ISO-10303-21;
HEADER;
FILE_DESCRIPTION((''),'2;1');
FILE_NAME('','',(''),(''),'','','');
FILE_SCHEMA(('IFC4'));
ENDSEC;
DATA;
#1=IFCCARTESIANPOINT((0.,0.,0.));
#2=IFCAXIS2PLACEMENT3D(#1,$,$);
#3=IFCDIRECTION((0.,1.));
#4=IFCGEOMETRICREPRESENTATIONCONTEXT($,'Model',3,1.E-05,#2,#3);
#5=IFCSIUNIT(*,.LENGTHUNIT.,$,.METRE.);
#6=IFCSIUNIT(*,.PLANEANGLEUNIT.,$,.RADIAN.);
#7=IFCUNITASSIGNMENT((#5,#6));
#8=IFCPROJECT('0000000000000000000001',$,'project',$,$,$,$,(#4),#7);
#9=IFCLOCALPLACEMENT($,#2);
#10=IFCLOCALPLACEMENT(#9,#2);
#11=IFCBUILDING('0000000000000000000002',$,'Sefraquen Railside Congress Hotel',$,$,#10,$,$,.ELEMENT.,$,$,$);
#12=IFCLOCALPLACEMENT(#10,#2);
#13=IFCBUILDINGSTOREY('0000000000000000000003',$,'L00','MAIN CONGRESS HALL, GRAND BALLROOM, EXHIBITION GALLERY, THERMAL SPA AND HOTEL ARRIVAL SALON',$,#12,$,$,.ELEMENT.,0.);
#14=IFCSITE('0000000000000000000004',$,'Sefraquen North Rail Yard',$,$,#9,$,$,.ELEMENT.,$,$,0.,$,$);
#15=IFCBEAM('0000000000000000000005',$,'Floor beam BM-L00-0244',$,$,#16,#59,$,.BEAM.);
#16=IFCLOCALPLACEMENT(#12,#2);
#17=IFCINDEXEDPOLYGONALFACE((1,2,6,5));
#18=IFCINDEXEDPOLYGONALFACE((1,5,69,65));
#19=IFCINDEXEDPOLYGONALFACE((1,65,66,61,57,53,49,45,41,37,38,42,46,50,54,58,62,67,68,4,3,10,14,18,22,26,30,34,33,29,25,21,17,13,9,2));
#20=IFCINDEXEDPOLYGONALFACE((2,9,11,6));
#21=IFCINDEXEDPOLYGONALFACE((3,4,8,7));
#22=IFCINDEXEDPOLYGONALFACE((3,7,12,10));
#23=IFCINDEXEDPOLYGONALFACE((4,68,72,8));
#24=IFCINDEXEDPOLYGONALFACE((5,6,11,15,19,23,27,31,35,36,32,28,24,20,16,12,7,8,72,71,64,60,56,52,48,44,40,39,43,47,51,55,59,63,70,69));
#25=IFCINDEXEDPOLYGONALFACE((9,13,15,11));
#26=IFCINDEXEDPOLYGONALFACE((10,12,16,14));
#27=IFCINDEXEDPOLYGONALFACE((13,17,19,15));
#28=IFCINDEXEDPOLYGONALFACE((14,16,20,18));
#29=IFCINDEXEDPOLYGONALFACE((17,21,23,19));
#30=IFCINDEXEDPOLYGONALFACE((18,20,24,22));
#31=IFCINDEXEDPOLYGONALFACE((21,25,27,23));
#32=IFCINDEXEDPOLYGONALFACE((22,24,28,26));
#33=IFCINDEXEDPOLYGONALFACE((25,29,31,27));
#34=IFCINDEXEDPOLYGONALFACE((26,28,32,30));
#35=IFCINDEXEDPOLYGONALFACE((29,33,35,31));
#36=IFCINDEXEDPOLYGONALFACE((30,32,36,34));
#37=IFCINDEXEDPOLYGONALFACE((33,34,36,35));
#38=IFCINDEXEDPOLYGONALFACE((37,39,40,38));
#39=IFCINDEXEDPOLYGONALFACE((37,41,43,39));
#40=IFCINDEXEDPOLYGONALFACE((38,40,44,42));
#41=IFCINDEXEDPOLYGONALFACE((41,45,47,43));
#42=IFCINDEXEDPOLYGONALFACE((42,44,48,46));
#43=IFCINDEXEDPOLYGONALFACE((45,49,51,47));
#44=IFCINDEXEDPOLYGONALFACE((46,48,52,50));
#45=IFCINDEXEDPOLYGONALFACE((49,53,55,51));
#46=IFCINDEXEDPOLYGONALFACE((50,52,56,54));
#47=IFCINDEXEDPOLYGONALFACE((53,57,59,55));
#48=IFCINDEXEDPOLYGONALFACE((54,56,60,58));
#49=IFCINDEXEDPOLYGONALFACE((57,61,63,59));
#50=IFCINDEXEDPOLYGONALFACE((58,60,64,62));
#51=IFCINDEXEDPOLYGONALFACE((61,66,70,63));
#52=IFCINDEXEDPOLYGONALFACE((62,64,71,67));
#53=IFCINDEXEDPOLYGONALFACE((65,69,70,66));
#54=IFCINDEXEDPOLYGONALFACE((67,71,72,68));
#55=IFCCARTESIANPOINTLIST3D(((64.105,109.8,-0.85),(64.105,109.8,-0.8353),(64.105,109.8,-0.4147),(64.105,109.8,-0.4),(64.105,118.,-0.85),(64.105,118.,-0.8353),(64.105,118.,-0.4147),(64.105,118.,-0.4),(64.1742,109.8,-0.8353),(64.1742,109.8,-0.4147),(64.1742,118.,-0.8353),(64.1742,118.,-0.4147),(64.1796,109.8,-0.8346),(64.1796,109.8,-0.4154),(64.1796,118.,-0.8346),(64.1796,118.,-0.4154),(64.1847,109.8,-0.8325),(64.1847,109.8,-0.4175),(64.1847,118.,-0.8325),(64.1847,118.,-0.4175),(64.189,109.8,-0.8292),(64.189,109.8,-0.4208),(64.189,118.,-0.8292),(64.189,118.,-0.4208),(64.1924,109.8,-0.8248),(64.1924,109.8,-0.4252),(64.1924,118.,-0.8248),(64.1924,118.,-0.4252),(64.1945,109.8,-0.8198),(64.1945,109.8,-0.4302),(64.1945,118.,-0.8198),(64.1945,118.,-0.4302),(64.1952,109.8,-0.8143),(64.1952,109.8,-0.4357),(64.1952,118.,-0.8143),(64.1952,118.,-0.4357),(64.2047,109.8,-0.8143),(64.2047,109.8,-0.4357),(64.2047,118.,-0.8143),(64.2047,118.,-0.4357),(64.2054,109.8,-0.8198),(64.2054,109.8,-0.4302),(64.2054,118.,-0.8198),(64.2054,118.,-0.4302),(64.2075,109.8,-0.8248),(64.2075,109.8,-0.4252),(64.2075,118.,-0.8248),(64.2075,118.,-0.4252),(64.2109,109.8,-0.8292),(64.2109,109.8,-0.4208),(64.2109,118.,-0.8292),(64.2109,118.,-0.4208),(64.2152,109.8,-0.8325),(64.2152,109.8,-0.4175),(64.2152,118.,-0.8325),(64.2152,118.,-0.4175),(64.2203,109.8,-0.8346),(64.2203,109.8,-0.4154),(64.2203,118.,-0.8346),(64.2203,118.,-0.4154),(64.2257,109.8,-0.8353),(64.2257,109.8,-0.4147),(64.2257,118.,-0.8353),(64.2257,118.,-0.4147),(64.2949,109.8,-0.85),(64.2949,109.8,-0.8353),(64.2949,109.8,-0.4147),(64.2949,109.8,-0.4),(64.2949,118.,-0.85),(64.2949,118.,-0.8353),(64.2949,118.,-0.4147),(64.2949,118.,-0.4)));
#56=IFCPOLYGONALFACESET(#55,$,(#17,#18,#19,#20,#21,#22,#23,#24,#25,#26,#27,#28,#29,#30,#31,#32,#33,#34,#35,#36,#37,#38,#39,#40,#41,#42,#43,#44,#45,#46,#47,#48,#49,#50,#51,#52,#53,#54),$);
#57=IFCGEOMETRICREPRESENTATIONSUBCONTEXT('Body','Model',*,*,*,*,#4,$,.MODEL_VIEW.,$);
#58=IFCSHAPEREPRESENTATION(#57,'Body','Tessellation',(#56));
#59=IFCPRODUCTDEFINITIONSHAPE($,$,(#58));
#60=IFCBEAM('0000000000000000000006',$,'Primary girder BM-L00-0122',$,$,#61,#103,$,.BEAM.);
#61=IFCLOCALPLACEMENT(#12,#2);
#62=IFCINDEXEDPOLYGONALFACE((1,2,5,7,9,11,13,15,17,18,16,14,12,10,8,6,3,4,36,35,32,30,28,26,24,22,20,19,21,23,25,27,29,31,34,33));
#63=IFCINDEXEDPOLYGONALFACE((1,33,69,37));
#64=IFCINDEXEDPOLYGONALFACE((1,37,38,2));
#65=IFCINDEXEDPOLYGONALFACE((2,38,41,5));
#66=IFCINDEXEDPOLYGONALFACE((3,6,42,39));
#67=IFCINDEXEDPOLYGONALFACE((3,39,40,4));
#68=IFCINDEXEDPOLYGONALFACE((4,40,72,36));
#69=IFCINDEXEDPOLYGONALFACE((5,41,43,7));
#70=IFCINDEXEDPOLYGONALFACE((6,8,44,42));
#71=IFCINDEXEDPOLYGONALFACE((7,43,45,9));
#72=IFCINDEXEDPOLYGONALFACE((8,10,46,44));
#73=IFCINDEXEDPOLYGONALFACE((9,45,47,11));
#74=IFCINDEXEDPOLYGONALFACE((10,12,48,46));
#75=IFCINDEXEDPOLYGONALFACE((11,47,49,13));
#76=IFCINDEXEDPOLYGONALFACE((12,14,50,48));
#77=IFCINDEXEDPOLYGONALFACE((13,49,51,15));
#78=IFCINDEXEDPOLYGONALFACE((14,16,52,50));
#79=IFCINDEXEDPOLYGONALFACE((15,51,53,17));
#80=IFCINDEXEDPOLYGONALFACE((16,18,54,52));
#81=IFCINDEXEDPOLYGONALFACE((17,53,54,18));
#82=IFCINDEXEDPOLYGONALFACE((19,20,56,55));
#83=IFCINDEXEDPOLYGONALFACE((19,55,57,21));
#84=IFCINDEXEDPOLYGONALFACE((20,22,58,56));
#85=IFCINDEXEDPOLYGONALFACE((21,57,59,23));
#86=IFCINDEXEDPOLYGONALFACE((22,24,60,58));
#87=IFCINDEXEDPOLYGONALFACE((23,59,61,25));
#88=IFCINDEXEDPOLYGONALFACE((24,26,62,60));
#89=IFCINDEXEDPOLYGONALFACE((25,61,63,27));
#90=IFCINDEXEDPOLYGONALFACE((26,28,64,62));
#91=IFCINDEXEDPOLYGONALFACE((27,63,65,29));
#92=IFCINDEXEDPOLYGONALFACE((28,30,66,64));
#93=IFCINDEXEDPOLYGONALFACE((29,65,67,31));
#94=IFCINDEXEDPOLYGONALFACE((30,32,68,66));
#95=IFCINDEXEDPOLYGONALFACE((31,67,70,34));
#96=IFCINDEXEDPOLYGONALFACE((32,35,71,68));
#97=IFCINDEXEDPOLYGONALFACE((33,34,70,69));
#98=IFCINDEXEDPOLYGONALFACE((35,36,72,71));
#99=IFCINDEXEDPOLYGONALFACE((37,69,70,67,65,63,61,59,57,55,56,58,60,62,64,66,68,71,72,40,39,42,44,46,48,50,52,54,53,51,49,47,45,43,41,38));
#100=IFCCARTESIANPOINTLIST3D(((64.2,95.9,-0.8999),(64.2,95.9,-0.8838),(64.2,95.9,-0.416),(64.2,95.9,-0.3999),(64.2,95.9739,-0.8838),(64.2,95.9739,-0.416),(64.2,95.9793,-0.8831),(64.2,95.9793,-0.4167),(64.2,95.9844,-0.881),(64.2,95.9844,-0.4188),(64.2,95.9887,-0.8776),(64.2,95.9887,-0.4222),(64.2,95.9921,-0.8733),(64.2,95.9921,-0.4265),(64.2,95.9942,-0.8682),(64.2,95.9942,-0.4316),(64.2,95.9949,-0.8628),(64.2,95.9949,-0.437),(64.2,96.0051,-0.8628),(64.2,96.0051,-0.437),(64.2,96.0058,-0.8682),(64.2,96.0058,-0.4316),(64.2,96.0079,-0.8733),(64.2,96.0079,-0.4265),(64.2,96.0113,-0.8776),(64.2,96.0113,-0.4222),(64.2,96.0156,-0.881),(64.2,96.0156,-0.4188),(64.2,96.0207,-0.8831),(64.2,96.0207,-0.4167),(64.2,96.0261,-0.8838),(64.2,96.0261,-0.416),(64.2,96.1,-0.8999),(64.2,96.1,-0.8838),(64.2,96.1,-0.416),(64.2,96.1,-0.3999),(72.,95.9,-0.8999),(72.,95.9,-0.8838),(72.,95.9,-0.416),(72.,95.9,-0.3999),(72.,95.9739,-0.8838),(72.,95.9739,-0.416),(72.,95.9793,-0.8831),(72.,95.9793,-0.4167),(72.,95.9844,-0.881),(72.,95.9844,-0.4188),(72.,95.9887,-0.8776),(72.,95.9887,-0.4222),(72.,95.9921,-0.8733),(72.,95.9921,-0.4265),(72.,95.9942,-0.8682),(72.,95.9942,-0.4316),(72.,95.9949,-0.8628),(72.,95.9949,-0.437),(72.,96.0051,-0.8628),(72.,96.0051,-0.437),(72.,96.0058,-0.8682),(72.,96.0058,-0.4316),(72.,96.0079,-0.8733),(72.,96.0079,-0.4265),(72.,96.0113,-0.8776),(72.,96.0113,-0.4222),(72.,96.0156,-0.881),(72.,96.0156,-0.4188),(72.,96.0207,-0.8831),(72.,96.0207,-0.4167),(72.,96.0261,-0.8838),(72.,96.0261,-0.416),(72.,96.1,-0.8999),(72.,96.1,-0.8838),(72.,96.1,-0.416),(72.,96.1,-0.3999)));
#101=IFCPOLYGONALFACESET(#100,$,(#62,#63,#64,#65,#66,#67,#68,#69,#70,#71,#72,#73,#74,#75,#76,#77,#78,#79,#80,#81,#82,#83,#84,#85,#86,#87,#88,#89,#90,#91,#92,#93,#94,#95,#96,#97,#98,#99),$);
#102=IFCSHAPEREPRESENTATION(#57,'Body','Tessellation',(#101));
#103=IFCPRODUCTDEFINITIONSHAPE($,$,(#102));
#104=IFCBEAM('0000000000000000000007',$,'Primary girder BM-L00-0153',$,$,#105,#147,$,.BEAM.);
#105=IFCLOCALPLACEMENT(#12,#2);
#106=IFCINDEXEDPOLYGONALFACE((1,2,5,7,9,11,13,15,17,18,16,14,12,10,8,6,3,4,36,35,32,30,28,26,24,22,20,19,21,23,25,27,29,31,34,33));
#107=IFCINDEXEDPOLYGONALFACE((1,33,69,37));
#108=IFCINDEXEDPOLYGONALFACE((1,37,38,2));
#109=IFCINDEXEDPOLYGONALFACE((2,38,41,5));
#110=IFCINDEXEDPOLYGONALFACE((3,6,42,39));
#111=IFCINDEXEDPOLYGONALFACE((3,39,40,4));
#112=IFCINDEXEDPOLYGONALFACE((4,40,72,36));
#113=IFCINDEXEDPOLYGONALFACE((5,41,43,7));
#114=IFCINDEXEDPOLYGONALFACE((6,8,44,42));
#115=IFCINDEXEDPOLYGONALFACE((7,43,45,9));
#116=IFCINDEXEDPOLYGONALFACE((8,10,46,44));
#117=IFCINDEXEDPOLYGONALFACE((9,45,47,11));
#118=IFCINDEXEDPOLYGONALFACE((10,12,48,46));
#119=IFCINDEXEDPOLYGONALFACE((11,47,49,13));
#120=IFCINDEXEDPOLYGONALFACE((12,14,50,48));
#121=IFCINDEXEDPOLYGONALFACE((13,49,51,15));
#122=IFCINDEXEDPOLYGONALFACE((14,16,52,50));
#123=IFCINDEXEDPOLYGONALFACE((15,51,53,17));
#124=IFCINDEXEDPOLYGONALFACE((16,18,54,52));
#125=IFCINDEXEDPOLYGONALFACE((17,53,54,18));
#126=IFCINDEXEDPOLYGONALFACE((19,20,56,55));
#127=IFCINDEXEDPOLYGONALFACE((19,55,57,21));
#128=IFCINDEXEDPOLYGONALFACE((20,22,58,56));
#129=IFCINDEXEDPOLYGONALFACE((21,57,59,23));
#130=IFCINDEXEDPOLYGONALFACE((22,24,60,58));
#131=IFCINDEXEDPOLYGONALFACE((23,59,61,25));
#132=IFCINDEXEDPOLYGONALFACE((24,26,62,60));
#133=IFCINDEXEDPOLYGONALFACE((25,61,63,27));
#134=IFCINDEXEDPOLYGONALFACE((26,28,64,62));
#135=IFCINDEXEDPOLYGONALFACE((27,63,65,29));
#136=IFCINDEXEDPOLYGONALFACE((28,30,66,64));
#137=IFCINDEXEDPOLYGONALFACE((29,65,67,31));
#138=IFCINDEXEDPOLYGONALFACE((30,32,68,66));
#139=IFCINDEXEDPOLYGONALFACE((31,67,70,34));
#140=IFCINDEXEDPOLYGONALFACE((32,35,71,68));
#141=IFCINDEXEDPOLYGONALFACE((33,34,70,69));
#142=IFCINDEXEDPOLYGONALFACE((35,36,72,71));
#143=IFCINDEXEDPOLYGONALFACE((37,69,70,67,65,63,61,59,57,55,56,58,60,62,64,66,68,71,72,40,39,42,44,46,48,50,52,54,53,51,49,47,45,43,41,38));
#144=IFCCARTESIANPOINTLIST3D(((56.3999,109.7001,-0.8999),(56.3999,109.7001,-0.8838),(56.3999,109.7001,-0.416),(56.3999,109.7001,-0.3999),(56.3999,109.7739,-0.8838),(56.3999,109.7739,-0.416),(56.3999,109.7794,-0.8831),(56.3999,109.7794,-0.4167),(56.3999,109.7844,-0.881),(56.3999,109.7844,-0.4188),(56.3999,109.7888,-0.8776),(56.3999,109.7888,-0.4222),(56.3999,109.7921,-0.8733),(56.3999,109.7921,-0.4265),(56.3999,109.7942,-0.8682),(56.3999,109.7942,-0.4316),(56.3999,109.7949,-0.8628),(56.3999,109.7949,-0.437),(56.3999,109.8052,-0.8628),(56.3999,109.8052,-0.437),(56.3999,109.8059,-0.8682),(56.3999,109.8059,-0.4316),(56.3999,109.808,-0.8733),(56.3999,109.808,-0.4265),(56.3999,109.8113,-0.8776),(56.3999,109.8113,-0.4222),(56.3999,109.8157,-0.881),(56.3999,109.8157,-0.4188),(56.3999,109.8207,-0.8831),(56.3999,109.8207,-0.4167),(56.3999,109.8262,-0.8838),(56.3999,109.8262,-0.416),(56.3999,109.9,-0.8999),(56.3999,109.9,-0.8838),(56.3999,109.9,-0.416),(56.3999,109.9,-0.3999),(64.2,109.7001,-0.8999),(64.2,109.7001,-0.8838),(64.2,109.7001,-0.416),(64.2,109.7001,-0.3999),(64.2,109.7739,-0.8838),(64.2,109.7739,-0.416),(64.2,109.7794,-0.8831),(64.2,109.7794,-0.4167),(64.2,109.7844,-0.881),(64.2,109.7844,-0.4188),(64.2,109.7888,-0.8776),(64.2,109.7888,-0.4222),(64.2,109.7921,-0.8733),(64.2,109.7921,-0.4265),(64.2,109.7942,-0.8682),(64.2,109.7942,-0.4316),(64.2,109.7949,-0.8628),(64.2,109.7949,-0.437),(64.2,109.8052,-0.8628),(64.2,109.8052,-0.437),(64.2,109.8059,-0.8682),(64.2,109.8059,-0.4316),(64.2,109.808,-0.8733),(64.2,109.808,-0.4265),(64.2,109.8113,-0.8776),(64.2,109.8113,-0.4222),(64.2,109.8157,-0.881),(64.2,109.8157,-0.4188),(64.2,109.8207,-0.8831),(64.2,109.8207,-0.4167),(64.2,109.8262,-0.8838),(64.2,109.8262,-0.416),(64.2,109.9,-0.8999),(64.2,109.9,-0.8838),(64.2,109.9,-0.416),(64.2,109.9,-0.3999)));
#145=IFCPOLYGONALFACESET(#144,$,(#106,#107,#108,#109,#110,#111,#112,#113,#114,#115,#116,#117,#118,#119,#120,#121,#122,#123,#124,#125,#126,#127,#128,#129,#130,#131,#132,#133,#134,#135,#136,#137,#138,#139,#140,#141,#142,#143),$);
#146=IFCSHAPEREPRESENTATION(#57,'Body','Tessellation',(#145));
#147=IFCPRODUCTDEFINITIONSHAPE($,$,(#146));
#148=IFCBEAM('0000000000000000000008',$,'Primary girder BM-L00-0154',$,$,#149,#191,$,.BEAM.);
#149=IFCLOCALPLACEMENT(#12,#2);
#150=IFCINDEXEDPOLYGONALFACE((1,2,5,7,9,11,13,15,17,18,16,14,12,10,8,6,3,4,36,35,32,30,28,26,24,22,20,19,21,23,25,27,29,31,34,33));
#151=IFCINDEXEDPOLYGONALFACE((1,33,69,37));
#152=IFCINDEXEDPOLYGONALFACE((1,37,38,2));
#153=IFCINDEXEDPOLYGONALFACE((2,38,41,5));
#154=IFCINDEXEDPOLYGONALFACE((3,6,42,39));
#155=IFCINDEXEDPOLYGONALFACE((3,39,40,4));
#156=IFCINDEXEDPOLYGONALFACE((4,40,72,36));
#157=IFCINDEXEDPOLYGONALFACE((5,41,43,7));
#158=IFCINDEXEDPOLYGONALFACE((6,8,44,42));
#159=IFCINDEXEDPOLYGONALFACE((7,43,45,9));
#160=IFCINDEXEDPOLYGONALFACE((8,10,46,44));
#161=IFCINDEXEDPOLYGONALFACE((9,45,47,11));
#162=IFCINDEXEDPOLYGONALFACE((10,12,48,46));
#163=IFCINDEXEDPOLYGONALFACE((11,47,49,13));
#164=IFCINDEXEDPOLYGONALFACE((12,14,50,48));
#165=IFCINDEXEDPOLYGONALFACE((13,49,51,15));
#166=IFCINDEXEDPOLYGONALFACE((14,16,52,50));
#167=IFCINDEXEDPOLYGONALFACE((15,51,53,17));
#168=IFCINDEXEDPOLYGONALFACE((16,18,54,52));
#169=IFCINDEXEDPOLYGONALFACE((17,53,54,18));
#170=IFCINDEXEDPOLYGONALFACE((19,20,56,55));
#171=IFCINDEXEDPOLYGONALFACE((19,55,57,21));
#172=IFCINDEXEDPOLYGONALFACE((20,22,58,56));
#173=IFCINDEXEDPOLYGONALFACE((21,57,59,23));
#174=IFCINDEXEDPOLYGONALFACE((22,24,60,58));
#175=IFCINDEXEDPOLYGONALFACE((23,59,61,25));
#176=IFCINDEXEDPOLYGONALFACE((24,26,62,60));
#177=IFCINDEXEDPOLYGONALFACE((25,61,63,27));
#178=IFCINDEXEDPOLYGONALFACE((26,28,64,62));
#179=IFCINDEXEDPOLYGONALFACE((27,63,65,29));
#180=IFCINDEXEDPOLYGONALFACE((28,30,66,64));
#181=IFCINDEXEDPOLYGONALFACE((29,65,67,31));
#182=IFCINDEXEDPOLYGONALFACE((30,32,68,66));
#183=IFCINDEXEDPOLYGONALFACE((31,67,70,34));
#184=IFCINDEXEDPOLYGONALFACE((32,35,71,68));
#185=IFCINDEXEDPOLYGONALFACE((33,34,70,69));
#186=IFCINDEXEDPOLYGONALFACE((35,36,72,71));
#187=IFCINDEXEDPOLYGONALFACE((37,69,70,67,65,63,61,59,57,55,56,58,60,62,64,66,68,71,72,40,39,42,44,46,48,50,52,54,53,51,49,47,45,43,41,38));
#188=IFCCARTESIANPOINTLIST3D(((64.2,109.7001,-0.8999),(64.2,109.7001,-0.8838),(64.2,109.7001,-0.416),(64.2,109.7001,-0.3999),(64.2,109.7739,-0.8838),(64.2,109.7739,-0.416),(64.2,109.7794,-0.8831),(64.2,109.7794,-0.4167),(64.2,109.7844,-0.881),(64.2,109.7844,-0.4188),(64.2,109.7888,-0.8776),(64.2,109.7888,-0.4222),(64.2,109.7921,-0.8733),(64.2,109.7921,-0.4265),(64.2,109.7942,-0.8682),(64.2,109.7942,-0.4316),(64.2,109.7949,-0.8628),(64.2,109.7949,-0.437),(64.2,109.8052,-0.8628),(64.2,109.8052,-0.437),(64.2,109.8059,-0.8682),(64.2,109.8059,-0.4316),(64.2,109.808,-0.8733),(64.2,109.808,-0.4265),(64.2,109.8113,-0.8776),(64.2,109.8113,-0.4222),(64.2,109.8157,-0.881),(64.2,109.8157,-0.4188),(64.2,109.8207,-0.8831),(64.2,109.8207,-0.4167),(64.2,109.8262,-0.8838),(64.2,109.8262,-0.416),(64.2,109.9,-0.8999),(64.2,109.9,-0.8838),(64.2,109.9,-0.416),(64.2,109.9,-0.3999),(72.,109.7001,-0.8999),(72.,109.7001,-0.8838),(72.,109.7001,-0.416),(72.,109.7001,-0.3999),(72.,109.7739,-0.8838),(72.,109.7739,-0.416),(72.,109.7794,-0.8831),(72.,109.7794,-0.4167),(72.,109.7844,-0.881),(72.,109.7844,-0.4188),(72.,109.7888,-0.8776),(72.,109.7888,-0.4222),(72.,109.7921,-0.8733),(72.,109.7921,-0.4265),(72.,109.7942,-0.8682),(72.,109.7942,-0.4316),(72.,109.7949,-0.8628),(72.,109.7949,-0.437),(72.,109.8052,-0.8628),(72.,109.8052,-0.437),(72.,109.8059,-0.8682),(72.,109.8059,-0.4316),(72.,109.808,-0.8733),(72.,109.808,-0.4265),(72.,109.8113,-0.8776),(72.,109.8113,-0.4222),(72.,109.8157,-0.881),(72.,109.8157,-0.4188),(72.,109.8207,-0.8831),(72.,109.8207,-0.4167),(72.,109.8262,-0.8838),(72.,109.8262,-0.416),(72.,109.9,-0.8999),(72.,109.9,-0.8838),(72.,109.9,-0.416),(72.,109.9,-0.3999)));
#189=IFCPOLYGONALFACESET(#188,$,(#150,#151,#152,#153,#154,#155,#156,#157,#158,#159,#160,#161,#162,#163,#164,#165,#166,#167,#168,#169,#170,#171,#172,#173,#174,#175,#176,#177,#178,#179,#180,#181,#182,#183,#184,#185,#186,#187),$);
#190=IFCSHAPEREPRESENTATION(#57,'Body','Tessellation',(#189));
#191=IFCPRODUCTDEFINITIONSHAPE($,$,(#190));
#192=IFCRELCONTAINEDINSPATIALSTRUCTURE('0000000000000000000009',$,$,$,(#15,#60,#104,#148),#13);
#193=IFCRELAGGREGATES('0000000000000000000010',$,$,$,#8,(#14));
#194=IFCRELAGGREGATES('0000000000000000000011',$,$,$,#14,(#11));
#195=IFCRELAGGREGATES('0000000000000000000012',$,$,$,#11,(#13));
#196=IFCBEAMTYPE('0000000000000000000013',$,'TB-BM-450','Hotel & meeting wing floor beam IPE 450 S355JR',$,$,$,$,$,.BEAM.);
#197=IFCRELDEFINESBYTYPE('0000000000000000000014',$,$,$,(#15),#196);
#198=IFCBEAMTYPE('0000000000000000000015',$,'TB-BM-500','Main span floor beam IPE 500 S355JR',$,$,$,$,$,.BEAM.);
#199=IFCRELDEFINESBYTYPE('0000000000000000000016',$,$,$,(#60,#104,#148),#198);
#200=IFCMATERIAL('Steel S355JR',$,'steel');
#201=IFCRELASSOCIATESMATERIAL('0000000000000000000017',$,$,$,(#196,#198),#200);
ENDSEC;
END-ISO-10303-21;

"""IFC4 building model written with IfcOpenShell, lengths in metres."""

from ifc_helpers import new_model, si_unit, direction, frame, origin, origin_2d, place, context, subcontext, project, spatial, i_section, extrude, material, material_profile, profile_set, type_object, element, save


model = new_model("IFC4")

# Units and contexts
model_context = context("Model", 3, precision=1e-05, world=origin(), true_north=direction((0.0, 1.0)))
body_context = subcontext(model_context, "Body", "Model", "MODEL_VIEW")
ifc_project = project(units=[si_unit("LENGTHUNIT", "METRE"), si_unit("PLANEANGLEUNIT", "RADIAN")], contexts=[model_context])

# Site, building, storey
site_placement = place(None, origin())
site = spatial("IfcSite", under=ifc_project, at=site_placement, Name="Sefraquen North Rail Yard", CompositionType="ELEMENT", RefElevation=0.0)
building_placement = place(site_placement, origin())
building = spatial("IfcBuilding", under=site, at=building_placement, Name="Sefraquen Railside Congress Hotel", CompositionType="ELEMENT")
storey_placement = place(building_placement, origin())
storey = spatial("IfcBuildingStorey", under=building, at=storey_placement, Name="L00", Description="MAIN CONGRESS HALL, GRAND BALLROOM, EXHIBITION GALLERY, THERMAL SPA AND HOTEL ARRIVAL SALON", CompositionType="ELEMENT", Elevation=0.0)

# Shared definitions
ifc_material_1 = material(Name="Steel S355JR", Category="steel")

# Beams
ifc_material_profile_1 = material_profile(ifc_material_1, i_section(OverallWidth=0.1899, OverallDepth=0.45, WebThickness=0.0095, FlangeThickness=0.0146, FilletRadius=0.021, at=origin_2d()), Name="IPE 450")
ifc_profile_set_1 = profile_set([ifc_material_profile_1], Name="Steel S355JR")
beam_type_1 = type_object("IfcBeamType", Name="TB-BM-450", Description="Hotel & meeting wing floor beam IPE 450 S355JR", PredefinedType="BEAM", material=ifc_profile_set_1)
beam_1_placement = place(storey_placement, frame((64.2, 109.8, -0.625), z_axis=(0.0, 1.0, 0.0), x_axis=(-1.0, 0.0, 0.0)))
element("IfcBeam", 1, at=beam_1_placement, inside=storey, type_object=beam_type_1, Name="Floor beam BM-L00-0244", PredefinedType="BEAM", context=body_context, shape_type="SweptSolid", body=[
    extrude(i_section(OverallWidth=0.1899, OverallDepth=0.45, WebThickness=0.0095, FlangeThickness=0.0146, FilletRadius=0.021, at=origin_2d()), origin(), (0.0, 0.0, 1.0), 8.2),
])
ifc_material_profile_2 = material_profile(ifc_material_1, i_section(OverallWidth=0.2, OverallDepth=0.5, WebThickness=0.0103, FlangeThickness=0.0161, FilletRadius=0.021, at=origin_2d()), Name="IPE 500")
ifc_profile_set_2 = profile_set([ifc_material_profile_2], Name="Steel S355JR")
beam_type_2 = type_object("IfcBeamType", Name="TB-BM-500", Description="Main span floor beam IPE 500 S355JR", PredefinedType="BEAM", material=ifc_profile_set_2)
for number, where, z_axis, x_axis, name in (
    (2, (64.2, 96.0, -0.6499), (1.0, 0.0, 0.0), (0.0, 1.0, 0.0), "Primary girder BM-L00-0122"),
    (3, (56.3999, 109.8, -0.6499), (1.0, 0.0, 0.0), (0.0, 1.0, 0.0), "Primary girder BM-L00-0153"),
    (4, (64.2, 109.8, -0.6499), (1.0, 0.0, 0.0), (0.0, 1.0, 0.0), "Primary girder BM-L00-0154"),
):
    element("IfcBeam", number, at=place(storey_placement, frame(where, z_axis=z_axis, x_axis=x_axis)), inside=storey, type_object=beam_type_2, Name=name, PredefinedType="BEAM", context=body_context, shape_type="SweptSolid", body=[
        extrude(i_section(OverallWidth=0.2, OverallDepth=0.5, WebThickness=0.0103, FlangeThickness=0.0161, FilletRadius=0.021, at=origin_2d()), origin(), (0.0, 0.0, 1.0), 7.8),
    ])

save(model, "model.ifc")
